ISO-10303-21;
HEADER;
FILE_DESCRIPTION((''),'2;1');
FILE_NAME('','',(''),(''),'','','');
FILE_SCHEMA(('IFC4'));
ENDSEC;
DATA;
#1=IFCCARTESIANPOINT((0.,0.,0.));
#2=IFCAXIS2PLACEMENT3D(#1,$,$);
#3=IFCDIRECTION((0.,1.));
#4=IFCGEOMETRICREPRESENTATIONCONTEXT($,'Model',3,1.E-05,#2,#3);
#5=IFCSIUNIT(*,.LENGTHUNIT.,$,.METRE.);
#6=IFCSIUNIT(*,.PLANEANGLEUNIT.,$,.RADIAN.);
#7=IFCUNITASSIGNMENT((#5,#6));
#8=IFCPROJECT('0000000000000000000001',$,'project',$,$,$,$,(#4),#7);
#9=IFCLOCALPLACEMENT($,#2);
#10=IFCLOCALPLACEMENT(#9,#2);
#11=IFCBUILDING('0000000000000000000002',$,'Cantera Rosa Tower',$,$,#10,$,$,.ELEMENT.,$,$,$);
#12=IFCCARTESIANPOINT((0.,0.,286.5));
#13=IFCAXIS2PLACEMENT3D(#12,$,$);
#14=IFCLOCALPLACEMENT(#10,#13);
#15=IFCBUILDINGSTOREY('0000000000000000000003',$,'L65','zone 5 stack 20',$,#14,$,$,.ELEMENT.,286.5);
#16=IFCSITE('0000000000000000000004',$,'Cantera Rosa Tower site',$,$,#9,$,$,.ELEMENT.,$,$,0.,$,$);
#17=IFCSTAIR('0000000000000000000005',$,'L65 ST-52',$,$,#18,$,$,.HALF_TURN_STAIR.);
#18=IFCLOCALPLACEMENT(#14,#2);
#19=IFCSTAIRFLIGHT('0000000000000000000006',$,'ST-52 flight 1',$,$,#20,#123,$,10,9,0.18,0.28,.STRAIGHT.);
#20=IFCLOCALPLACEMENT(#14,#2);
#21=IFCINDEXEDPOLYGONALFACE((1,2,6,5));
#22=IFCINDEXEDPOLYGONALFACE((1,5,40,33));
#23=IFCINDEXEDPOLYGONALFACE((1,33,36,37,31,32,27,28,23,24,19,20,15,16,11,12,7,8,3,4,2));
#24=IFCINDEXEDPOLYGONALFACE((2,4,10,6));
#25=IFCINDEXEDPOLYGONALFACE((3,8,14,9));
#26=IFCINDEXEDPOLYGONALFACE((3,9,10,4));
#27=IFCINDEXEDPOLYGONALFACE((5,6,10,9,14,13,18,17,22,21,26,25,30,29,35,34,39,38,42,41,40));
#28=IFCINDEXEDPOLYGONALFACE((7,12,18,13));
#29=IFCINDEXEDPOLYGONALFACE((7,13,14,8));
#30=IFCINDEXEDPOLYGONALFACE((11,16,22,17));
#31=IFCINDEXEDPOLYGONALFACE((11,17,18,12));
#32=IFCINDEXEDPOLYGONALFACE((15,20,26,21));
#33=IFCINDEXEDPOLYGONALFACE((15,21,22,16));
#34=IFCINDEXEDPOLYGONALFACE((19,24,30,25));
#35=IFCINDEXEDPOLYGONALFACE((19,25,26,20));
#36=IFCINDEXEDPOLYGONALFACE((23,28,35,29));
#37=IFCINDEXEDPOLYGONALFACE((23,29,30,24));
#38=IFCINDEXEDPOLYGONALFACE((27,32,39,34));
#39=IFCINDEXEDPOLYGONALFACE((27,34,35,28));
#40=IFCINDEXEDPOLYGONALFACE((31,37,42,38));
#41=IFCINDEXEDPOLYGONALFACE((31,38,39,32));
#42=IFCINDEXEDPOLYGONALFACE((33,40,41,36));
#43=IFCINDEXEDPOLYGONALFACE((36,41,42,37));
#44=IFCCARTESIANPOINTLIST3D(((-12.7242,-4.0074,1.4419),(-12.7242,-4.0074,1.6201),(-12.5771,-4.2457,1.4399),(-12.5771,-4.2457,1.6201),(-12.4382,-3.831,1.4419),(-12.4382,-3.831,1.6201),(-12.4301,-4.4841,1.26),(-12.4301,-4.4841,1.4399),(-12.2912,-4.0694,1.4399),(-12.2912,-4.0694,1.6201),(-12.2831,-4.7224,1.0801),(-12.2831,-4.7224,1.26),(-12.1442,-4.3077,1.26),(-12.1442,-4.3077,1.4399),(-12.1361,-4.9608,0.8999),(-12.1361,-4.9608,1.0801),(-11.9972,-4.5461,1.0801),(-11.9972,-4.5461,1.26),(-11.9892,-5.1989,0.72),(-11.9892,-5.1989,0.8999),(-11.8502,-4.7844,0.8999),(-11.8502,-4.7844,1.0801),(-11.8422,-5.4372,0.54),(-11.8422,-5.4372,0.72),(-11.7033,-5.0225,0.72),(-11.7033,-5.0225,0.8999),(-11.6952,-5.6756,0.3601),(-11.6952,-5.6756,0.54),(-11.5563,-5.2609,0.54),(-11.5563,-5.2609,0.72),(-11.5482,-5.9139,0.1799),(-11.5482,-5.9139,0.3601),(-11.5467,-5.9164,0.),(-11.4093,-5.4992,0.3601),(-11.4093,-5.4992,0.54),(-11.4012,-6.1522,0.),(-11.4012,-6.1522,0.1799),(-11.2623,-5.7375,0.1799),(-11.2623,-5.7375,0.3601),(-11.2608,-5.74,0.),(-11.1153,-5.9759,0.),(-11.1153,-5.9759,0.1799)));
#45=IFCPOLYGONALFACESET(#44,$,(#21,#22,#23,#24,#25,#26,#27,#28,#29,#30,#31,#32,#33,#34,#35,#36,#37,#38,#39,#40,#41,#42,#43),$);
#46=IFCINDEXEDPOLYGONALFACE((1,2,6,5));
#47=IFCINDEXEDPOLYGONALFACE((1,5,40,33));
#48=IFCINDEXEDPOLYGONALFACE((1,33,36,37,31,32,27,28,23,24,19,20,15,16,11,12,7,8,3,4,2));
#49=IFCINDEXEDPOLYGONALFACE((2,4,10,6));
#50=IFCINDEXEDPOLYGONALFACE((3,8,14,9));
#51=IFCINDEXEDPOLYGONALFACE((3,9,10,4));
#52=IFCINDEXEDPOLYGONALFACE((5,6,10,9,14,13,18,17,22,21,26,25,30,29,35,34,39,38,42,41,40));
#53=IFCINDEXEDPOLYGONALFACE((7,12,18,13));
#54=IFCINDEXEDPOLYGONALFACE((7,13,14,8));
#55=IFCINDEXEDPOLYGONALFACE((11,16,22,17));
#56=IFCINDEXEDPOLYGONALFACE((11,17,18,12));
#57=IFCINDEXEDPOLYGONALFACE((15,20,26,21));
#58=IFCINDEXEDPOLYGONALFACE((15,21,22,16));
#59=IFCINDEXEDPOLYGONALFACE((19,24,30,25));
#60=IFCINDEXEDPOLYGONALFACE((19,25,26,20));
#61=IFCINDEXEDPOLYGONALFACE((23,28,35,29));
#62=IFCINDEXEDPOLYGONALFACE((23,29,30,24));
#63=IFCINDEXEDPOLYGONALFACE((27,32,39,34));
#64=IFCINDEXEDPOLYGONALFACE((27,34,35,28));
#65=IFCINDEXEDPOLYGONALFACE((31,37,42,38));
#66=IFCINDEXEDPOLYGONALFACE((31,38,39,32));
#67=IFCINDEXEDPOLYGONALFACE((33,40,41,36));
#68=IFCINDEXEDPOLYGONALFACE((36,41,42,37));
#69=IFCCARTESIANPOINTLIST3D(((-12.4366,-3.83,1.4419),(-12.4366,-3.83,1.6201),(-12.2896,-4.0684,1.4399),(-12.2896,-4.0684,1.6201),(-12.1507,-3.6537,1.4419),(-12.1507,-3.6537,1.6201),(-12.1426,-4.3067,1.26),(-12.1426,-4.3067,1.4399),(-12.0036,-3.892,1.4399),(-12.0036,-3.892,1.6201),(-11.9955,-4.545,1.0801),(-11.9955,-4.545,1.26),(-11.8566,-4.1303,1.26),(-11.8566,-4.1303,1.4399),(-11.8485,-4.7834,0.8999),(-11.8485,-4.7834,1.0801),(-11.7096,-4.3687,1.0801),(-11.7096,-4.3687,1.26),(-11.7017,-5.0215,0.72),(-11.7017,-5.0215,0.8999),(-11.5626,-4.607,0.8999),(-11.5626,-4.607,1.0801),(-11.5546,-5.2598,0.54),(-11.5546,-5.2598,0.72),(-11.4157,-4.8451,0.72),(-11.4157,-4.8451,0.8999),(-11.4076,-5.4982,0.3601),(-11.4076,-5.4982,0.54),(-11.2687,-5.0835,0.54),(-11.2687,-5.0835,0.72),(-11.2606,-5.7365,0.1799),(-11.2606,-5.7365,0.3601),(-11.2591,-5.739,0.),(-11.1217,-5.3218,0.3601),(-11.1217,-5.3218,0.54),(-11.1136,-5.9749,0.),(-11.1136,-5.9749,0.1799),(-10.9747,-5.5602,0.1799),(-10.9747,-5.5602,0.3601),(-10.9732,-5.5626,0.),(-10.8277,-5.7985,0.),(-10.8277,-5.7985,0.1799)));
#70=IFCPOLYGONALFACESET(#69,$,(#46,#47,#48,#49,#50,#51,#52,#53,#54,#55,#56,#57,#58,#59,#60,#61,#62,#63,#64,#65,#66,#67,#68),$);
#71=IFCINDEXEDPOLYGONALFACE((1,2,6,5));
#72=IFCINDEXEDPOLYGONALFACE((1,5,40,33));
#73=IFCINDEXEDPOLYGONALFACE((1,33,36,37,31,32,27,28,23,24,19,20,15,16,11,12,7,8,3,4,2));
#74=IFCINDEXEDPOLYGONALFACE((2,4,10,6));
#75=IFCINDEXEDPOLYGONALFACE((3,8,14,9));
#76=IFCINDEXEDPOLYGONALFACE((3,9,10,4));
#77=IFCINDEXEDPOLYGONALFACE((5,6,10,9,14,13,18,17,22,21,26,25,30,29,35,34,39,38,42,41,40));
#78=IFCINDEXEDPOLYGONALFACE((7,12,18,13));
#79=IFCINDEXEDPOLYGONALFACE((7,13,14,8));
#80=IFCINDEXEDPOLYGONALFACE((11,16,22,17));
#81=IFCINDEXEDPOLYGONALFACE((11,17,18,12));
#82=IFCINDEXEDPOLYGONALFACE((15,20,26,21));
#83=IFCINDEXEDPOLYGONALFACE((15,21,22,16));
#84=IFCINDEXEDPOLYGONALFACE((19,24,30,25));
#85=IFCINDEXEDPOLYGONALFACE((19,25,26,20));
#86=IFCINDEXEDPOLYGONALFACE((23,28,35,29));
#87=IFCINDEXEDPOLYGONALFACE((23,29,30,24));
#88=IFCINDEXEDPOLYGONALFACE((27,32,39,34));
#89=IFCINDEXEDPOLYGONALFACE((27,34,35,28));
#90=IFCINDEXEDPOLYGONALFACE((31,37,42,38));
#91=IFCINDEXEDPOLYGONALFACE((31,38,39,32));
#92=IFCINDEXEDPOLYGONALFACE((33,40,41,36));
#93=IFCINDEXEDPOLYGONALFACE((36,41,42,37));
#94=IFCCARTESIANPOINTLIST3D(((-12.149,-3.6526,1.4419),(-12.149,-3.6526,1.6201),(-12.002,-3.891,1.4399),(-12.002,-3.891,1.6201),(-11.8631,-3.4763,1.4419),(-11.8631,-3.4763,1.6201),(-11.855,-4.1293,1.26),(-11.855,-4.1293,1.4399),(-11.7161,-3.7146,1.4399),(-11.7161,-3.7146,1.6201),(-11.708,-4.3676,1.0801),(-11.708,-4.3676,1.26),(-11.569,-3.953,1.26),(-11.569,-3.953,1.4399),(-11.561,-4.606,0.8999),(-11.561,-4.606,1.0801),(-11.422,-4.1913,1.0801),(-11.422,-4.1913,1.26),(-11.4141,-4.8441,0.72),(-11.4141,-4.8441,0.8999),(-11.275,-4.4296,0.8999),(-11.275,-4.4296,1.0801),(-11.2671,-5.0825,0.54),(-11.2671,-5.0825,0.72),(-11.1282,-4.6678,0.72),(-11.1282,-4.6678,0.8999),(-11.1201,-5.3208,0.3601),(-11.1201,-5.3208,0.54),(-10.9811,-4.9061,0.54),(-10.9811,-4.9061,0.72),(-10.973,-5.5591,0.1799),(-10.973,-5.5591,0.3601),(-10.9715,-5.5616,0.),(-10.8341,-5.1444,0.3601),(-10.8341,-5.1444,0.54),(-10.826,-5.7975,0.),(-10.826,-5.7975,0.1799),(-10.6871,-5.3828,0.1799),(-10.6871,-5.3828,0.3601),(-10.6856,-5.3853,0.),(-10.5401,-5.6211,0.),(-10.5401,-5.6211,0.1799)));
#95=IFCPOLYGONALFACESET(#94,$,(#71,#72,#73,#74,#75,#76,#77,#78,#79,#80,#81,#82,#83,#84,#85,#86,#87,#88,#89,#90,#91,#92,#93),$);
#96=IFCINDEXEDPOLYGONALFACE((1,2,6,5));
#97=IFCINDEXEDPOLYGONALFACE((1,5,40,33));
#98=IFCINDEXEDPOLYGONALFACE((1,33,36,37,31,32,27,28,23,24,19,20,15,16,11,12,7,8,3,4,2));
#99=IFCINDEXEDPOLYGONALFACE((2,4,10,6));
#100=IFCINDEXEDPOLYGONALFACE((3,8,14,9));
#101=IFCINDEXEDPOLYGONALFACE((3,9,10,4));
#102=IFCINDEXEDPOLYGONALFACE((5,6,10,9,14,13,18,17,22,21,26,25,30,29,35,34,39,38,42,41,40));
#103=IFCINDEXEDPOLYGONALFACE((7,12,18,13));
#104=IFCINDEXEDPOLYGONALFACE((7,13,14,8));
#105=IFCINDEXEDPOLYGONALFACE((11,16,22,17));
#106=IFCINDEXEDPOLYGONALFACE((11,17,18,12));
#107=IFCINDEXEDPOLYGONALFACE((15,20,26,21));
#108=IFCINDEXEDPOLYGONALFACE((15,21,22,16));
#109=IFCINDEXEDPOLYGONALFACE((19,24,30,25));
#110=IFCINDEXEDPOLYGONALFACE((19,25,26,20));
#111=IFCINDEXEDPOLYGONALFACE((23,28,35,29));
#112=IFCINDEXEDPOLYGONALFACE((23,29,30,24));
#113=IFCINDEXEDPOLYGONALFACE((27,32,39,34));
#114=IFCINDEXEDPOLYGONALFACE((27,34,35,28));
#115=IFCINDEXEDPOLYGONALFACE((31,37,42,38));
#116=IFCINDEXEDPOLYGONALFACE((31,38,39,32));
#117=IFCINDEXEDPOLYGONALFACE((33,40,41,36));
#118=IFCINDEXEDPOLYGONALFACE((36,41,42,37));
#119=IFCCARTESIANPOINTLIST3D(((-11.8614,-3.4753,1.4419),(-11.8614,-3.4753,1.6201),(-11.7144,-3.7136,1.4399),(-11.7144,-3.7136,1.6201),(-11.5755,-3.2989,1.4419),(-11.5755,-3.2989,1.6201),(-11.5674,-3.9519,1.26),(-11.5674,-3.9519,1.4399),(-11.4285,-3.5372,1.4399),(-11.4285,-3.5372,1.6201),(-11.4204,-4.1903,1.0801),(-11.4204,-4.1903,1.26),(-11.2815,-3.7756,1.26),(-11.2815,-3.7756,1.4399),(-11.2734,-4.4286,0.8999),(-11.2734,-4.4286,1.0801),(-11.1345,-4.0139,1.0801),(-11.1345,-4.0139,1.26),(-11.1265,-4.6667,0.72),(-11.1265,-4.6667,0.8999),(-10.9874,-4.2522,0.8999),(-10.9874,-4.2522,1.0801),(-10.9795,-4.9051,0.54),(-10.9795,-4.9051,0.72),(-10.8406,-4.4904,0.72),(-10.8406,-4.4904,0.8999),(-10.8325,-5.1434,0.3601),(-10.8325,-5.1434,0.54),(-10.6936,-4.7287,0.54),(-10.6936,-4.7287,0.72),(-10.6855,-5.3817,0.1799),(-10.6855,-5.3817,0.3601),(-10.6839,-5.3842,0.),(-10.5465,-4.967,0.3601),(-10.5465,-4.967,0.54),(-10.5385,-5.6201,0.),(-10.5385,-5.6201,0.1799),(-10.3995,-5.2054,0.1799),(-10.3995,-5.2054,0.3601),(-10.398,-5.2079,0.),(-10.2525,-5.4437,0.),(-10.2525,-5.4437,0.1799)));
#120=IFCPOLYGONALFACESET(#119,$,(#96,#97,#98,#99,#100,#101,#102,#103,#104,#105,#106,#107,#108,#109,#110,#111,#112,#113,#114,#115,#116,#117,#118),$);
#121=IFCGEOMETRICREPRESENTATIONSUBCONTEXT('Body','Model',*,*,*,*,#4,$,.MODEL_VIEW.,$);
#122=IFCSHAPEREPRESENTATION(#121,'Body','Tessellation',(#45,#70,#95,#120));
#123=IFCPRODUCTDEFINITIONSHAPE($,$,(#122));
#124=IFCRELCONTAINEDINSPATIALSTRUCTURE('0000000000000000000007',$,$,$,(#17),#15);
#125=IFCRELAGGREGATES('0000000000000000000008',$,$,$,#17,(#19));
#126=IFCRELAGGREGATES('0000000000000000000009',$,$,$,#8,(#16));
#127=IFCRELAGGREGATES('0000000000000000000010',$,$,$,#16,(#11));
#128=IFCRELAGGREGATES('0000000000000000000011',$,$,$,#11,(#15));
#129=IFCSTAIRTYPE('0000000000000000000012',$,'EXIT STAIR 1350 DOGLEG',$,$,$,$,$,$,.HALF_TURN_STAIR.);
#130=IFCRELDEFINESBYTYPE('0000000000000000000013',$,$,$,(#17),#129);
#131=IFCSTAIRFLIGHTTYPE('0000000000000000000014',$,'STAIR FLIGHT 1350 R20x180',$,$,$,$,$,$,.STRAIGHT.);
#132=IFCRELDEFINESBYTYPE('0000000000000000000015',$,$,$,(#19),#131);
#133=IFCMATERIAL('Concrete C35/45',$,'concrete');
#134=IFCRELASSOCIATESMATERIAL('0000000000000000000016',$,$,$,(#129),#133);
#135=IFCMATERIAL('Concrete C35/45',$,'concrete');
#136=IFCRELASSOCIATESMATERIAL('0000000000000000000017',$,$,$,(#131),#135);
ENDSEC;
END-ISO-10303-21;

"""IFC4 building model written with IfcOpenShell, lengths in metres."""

from ifc_helpers import new_model, si_unit, direction, frame, origin, place, context, subcontext, project, spatial, polyline, outline, extrude, material, type_object, element, aggregate, save


model = new_model("IFC4")

# Units and contexts
model_context = context("Model", 3, precision=1e-05, world=origin(), true_north=direction((0.0, 1.0)))
body_context = subcontext(model_context, "Body", "Model", "MODEL_VIEW")
ifc_project = project(units=[si_unit("LENGTHUNIT", "METRE"), si_unit("PLANEANGLEUNIT", "RADIAN")], contexts=[model_context])

# Site, building, storey
site_placement = place(None, origin())
site = spatial("IfcSite", under=ifc_project, at=site_placement, Name="Cantera Rosa Tower site", CompositionType="ELEMENT", RefElevation=0.0)
building_placement = place(site_placement, origin())
building = spatial("IfcBuilding", under=site, at=building_placement, Name="Cantera Rosa Tower", CompositionType="ELEMENT")
storey_placement = place(building_placement, frame((0.0, 0.0, 286.5)))
storey = spatial("IfcBuildingStorey", under=building, at=storey_placement, Name="L65", Description="zone 5 stack 20", CompositionType="ELEMENT", Elevation=286.5)

# Stair, stair flight
ifc_material_1 = material(Name="Concrete C35/45", Category="concrete")
stair_type = type_object("IfcStairType", Name="EXIT STAIR 1350 DOGLEG", PredefinedType="HALF_TURN_STAIR", material=ifc_material_1)
stair_placement = place(storey_placement, origin())
stair = element("IfcStair", 1, at=stair_placement, inside=storey, type_object=stair_type, Name="L65 ST-52", PredefinedType="HALF_TURN_STAIR")
ifc_material_2 = material(Name="Concrete C35/45", Category="concrete")
stair_flight_type = type_object("IfcStairFlightType", Name="STAIR FLIGHT 1350 R20x180", PredefinedType="STRAIGHT", material=ifc_material_2)
stair_flight_1_placement = place(storey_placement, frame((-10.8267, -5.7979, 0.0), z_axis=(0.0, 0.0, 1.0), x_axis=(-0.524977, 0.851117, 0.0)))
stair_flight_1 = element("IfcStairFlight", 2, at=stair_flight_1_placement, type_object=stair_flight_type, Name="ST-52 flight 1", NumberOfRisers=10, NumberOfTreads=9, PredefinedType="STRAIGHT", RiserHeight=0.18, TreadLength=0.28, context=body_context, shape_type="SweptSolid", body=[
    extrude(outline(polyline([(0.0, 0.0), (0.0, 0.1799), (0.28, 0.1799), (0.28, 0.3601), (0.5601, 0.3601), (0.5601, 0.54), (0.8401, 0.54), (0.8401, 0.72), (1.1201, 0.72), (1.1201, 0.8999), (1.3999, 0.8999), (1.3999, 1.0801), (1.6799, 1.0801), (1.6799, 1.26), (1.96, 1.26), (1.96, 1.4399), (2.24, 1.4399), (2.24, 1.6201), (2.52, 1.6201), (2.52, 1.8), (2.52, 1.4419), (0.2771, 0.0), (0.0, 0.0)])), frame((0.0, 0.675, 0.0), z_axis=(0.0, -1.0, 0.0), x_axis=(1.0, 0.0, 0.0)), (0.0, 0.0, 1.0), 0.3359),
    extrude(outline(polyline([(0.0, 0.0), (0.0, 0.1799), (0.28, 0.1799), (0.28, 0.3601), (0.5601, 0.3601), (0.5601, 0.54), (0.8401, 0.54), (0.8401, 0.72), (1.1201, 0.72), (1.1201, 0.8999), (1.3999, 0.8999), (1.3999, 1.0801), (1.6799, 1.0801), (1.6799, 1.26), (1.96, 1.26), (1.96, 1.4399), (2.24, 1.4399), (2.24, 1.6201), (2.52, 1.6201), (2.52, 1.8), (2.52, 1.4419), (0.2771, 0.0), (0.0, 0.0)])), frame((0.0, 0.3372, 0.0), z_axis=(0.0, -1.0, 0.0), x_axis=(1.0, 0.0, 0.0)), (0.0, 0.0, 1.0), 0.3359),
    extrude(outline(polyline([(0.0, 0.0), (0.0, 0.1799), (0.28, 0.1799), (0.28, 0.3601), (0.5601, 0.3601), (0.5601, 0.54), (0.8401, 0.54), (0.8401, 0.72), (1.1201, 0.72), (1.1201, 0.8999), (1.3999, 0.8999), (1.3999, 1.0801), (1.6799, 1.0801), (1.6799, 1.26), (1.96, 1.26), (1.96, 1.4399), (2.24, 1.4399), (2.24, 1.6201), (2.52, 1.6201), (2.52, 1.8), (2.52, 1.4419), (0.2771, 0.0), (0.0, 0.0)])), frame((0.0, -0.0007, 0.0), z_axis=(0.0, -1.0, 0.0), x_axis=(1.0, 0.0, 0.0)), (0.0, 0.0, 1.0), 0.3359),
    extrude(outline(polyline([(0.0, 0.0), (0.0, 0.1799), (0.28, 0.1799), (0.28, 0.3601), (0.5601, 0.3601), (0.5601, 0.54), (0.8401, 0.54), (0.8401, 0.72), (1.1201, 0.72), (1.1201, 0.8999), (1.3999, 0.8999), (1.3999, 1.0801), (1.6799, 1.0801), (1.6799, 1.26), (1.96, 1.26), (1.96, 1.4399), (2.24, 1.4399), (2.24, 1.6201), (2.52, 1.6201), (2.52, 1.8), (2.52, 1.4419), (0.2771, 0.0), (0.0, 0.0)])), frame((0.0, -0.3386, 0.0), z_axis=(0.0, -1.0, 0.0), x_axis=(1.0, 0.0, 0.0)), (0.0, 0.0, 1.0), 0.3359),
])
aggregate(stair, [stair_flight_1])

save(model, "model.ifc")
